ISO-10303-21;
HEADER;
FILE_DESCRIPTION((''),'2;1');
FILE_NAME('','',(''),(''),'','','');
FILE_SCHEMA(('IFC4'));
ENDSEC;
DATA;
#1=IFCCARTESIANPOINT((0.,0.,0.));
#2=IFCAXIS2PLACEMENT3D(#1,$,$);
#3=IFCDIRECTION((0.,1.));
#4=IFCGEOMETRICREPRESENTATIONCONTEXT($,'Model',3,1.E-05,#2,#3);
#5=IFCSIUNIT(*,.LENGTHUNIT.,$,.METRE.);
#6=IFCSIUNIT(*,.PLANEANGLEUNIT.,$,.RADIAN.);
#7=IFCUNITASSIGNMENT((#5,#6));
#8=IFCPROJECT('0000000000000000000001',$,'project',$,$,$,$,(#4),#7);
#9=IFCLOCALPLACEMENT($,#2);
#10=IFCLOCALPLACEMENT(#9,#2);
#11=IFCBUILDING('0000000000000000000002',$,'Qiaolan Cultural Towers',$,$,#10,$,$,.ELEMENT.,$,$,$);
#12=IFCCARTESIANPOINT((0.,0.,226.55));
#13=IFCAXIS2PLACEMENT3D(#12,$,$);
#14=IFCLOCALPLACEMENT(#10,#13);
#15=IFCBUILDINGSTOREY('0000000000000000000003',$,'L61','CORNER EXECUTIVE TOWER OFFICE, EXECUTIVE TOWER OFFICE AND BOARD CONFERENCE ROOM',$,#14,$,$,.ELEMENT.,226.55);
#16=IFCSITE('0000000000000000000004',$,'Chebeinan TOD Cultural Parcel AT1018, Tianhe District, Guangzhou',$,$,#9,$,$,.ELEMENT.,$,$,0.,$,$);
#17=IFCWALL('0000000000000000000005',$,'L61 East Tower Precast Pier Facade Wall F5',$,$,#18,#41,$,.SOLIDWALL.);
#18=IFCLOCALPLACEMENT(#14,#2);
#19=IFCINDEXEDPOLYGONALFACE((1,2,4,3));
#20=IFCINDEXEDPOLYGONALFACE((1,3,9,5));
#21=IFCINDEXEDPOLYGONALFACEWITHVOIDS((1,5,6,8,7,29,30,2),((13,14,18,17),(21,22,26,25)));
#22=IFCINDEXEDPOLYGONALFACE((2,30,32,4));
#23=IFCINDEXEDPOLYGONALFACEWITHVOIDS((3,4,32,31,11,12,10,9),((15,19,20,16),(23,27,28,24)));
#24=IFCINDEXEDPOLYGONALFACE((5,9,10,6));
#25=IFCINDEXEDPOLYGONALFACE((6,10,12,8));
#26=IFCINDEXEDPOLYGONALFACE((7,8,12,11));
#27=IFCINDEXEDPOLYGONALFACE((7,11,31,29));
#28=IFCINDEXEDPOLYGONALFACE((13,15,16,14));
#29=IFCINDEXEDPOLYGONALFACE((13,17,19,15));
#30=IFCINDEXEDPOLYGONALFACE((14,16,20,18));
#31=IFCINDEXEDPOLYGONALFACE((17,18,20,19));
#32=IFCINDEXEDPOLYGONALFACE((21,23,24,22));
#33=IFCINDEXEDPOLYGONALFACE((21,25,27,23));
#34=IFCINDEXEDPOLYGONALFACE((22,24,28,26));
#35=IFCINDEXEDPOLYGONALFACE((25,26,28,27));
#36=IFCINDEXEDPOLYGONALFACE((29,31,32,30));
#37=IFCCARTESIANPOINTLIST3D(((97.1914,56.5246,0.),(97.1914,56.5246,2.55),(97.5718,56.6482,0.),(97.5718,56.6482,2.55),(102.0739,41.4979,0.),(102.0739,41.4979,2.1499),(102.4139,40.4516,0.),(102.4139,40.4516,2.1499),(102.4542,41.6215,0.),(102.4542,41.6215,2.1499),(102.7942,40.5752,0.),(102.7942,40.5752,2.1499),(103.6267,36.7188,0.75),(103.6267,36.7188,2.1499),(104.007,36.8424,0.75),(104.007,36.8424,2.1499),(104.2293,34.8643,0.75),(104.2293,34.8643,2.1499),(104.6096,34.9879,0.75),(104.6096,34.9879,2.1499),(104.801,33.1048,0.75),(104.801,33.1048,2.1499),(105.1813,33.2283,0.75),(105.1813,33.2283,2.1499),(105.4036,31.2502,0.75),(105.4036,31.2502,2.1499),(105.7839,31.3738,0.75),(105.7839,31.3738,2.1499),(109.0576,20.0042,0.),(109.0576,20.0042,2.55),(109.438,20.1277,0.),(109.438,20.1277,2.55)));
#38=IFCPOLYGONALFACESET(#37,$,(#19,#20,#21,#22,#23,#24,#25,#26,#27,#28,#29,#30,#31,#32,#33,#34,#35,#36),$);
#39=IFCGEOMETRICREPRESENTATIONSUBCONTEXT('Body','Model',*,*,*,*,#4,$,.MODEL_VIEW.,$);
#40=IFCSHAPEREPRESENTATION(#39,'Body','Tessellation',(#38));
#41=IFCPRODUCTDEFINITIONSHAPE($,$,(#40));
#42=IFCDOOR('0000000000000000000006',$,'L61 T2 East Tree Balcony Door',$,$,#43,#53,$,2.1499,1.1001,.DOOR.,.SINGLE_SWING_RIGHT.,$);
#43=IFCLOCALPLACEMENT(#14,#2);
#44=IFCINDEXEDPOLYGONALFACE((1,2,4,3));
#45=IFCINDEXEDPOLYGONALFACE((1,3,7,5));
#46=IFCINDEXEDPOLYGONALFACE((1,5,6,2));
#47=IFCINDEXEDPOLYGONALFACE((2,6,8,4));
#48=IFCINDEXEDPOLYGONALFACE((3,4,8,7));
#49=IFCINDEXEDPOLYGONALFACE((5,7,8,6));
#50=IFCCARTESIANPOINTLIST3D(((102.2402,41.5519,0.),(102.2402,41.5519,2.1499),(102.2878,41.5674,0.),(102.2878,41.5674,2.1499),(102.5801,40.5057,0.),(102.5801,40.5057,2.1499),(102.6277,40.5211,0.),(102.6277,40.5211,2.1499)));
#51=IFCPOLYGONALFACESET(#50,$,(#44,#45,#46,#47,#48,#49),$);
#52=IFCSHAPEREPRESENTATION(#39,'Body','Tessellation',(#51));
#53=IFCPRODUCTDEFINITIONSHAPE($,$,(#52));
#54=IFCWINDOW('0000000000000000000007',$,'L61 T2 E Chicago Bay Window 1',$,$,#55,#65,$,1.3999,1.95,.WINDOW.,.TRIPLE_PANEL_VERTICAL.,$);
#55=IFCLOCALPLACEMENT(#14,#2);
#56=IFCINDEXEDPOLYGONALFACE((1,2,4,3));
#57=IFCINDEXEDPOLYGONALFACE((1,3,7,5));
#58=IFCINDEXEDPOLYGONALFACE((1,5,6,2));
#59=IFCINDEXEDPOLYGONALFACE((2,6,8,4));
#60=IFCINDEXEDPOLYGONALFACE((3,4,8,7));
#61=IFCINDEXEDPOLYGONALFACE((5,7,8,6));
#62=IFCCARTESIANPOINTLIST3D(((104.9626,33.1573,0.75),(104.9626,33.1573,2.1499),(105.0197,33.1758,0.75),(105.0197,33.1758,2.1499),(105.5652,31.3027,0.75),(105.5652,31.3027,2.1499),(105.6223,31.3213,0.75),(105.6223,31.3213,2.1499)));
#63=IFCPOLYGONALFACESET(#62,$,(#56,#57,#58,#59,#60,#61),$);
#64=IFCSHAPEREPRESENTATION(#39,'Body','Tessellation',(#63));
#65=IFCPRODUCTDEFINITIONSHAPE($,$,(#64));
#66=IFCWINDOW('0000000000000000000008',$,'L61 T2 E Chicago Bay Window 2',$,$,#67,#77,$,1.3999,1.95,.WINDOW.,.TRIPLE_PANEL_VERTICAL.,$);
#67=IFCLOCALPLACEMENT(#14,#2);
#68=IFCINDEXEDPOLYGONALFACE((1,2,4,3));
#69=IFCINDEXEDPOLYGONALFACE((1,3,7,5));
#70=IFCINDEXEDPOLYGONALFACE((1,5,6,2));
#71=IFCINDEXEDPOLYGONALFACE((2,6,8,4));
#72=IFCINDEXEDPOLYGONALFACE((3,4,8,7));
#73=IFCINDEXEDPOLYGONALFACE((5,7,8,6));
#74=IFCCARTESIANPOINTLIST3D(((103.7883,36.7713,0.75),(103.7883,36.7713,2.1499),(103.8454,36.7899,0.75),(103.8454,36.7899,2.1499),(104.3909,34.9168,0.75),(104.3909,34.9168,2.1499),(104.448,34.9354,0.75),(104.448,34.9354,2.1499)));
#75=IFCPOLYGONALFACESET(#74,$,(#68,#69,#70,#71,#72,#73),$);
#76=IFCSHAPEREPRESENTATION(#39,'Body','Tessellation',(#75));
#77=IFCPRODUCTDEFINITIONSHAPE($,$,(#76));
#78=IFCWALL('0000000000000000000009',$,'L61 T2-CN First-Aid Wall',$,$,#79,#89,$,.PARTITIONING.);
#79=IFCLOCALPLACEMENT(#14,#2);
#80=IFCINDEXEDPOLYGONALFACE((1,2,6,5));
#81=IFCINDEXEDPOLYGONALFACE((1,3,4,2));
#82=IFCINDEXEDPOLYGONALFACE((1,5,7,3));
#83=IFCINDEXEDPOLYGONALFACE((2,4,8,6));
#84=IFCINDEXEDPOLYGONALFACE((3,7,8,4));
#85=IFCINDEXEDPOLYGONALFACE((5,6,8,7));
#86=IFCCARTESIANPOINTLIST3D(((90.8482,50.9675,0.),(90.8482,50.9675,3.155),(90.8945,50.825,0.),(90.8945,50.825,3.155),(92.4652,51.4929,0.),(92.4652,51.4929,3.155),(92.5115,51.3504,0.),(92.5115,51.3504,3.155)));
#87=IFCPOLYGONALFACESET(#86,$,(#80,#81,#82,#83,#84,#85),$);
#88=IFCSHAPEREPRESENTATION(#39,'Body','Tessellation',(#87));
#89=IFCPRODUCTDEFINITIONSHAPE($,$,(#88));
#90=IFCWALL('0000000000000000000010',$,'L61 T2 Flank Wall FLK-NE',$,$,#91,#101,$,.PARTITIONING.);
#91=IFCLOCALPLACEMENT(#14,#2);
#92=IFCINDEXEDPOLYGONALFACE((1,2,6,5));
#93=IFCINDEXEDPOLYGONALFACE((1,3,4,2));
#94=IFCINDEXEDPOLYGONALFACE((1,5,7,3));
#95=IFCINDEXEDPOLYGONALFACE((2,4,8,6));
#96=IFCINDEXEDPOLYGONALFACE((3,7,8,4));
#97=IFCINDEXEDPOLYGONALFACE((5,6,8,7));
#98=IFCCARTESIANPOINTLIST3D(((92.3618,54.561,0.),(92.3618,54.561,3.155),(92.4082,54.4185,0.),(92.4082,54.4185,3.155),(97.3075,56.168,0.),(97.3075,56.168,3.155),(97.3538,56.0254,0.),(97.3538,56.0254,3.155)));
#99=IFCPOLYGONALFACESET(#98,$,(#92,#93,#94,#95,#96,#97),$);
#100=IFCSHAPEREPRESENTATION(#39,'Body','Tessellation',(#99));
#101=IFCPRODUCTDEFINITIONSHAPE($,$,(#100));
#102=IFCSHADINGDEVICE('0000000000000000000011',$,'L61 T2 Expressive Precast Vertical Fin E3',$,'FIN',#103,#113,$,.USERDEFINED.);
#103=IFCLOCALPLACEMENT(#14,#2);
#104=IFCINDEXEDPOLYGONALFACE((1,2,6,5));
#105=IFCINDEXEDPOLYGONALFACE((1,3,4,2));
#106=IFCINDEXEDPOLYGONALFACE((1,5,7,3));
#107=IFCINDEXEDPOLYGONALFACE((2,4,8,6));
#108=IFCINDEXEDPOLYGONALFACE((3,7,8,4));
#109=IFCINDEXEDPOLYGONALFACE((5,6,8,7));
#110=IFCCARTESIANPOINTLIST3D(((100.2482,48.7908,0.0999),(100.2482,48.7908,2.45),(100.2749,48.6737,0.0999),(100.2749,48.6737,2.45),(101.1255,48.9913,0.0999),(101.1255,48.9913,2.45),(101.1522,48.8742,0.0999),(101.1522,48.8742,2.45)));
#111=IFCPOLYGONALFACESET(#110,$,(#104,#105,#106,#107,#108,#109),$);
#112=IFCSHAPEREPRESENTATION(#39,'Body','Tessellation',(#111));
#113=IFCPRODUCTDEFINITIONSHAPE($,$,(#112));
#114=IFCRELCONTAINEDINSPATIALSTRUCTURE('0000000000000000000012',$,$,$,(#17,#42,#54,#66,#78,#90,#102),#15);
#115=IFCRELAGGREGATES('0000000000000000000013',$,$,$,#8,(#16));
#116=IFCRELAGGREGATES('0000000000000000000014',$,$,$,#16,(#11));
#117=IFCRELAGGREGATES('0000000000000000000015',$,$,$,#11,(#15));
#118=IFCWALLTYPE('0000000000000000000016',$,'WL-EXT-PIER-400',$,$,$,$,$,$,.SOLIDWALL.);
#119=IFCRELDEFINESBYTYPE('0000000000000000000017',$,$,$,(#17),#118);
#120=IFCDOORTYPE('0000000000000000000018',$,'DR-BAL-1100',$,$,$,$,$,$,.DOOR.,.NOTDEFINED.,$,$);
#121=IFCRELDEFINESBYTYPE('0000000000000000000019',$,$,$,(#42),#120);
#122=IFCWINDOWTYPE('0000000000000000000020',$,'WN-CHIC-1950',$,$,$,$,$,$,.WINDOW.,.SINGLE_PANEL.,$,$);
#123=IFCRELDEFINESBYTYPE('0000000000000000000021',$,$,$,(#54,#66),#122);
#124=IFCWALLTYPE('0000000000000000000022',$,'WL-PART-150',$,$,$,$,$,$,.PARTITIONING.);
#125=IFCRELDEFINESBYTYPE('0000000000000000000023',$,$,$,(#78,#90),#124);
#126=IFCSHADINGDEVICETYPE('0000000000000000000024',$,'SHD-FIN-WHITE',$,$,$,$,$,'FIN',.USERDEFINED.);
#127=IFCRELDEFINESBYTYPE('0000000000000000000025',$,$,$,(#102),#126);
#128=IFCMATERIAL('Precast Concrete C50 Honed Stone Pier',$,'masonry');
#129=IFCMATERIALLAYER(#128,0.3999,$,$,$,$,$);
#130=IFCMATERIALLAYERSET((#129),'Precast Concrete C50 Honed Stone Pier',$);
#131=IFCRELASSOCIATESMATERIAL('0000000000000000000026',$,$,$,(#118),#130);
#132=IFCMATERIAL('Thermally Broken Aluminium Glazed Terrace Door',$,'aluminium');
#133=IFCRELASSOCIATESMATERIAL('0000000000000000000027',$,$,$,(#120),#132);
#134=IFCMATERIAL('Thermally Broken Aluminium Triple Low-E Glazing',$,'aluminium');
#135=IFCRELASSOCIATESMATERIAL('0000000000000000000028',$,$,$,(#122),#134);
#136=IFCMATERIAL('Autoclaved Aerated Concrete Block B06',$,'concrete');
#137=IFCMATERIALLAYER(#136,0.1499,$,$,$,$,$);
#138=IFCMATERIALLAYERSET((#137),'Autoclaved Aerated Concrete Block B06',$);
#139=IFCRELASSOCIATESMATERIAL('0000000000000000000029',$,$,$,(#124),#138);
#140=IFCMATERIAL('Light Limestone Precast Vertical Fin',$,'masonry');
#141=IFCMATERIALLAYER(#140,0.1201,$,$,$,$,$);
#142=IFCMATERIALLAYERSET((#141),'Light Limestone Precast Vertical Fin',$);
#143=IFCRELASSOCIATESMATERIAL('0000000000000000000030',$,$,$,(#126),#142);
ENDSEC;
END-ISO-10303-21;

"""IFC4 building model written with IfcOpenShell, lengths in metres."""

from ifc_helpers import new_model, si_unit, direction, frame, frame_2d, origin, origin_2d, place, context, subcontext, project, spatial, rectangle, extrude, material, layer, layer_set, type_object, element, fill, save


model = new_model("IFC4")

# Units and contexts
model_context = context("Model", 3, precision=1e-05, world=origin(), true_north=direction((0.0, 1.0)))
body_context = subcontext(model_context, "Body", "Model", "MODEL_VIEW")
ifc_project = project(units=[si_unit("LENGTHUNIT", "METRE"), si_unit("PLANEANGLEUNIT", "RADIAN")], contexts=[model_context])

# Site, building, storey
site_placement = place(None, origin())
site = spatial("IfcSite", under=ifc_project, at=site_placement, Name="Chebeinan TOD Cultural Parcel AT1018, Tianhe District, Guangzhou", CompositionType="ELEMENT", RefElevation=0.0)
building_placement = place(site_placement, origin())
building = spatial("IfcBuilding", under=site, at=building_placement, Name="Qiaolan Cultural Towers", CompositionType="ELEMENT")
storey_placement = place(building_placement, frame((0.0, 0.0, 226.55)))
storey = spatial("IfcBuildingStorey", under=building, at=storey_placement, Name="L61", Description="CORNER EXECUTIVE TOWER OFFICE, EXECUTIVE TOWER OFFICE AND BOARD CONFERENCE ROOM", CompositionType="ELEMENT", Elevation=226.55)

# Shared definitions
ifc_material_1 = material(Name="Precast Concrete C50 Honed Stone Pier", Category="masonry")
ifc_layer_1 = layer(ifc_material_1, 0.3999)
ifc_layer_set_1 = layer_set([ifc_layer_1], Name="Precast Concrete C50 Honed Stone Pier")
wall_type_1 = type_object("IfcWallType", Name="WL-EXT-PIER-400", PredefinedType="SOLIDWALL", material=ifc_layer_set_1)

# Wall, openings, door, windows
wall_1_placement = place(storey_placement, frame((97.3816, 56.5864, 0.0), z_axis=(0.0, 0.0, 1.0), x_axis=(0.309016, -0.951057, 0.0)))
wall_1 = element("IfcWall", 1, at=wall_1_placement, inside=storey, type_object=wall_type_1, Name="L61 East Tower Precast Pier Facade Wall F5", PredefinedType="SOLIDWALL", context=body_context, shape_type="SweptSolid", body=[
    extrude(rectangle(XDim=38.3999, YDim=0.3999, at=frame_2d((19.2, 0.0))), origin(), (0.0, 0.0, 1.0), 2.55),
])
opening_1_placement = place(wall_1_placement, frame((24.625, 0.0, 0.75)))
opening_1 = element("IfcOpeningElement", 2, at=opening_1_placement, cuts=wall_1, PredefinedType="OPENING", context=body_context, shape_type="SweptSolid", body=[
    extrude(rectangle(XDim=1.95, YDim=1.3999, at=frame_2d((0.9751, 0.7))), frame((0.0, 0.21, 0.0), z_axis=(0.0, -1.0, 0.0), x_axis=(1.0, 0.0, 0.0)), (0.0, 0.0, 1.0), 0.4199),
])
opening_2_placement = place(wall_1_placement, frame((20.825, 0.0, 0.75)))
opening_2 = element("IfcOpeningElement", 3, at=opening_2_placement, cuts=wall_1, PredefinedType="OPENING", context=body_context, shape_type="SweptSolid", body=[
    extrude(rectangle(XDim=1.95, YDim=1.3999, at=frame_2d((0.9751, 0.7))), frame((0.0, 0.21, 0.0), z_axis=(0.0, -1.0, 0.0), x_axis=(1.0, 0.0, 0.0)), (0.0, 0.0, 1.0), 0.4199),
])
opening_3_placement = place(wall_1_placement, frame((15.8, 0.0, 0.0)))
opening_3 = element("IfcOpeningElement", 4, at=opening_3_placement, cuts=wall_1, PredefinedType="OPENING", context=body_context, shape_type="SweptSolid", body=[
    extrude(rectangle(XDim=1.1001, YDim=2.1499, at=frame_2d((0.55, 1.075))), frame((0.0, 0.21, 0.0), z_axis=(0.0, -1.0, 0.0), x_axis=(1.0, 0.0, 0.0)), (0.0, 0.0, 1.0), 0.4199),
])
ifc_material_2 = material(Name="Thermally Broken Aluminium Glazed Terrace Door", Category="aluminium")
door_type = type_object("IfcDoorType", Name="DR-BAL-1100", OperationType="NOTDEFINED", PredefinedType="DOOR", material=ifc_material_2)
door_placement = place(opening_3_placement, origin())
door = element("IfcDoor", 5, at=door_placement, inside=storey, type_object=door_type, Name="L61 T2 East Tree Balcony Door", OperationType="SINGLE_SWING_RIGHT", OverallHeight=2.1499, OverallWidth=1.1001, PredefinedType="DOOR", context=body_context, shape_type="SweptSolid", body=[
    extrude(rectangle(XDim=1.1001, YDim=2.1499, at=frame_2d((0.55, 1.075))), frame((0.0, 0.0249, 0.0), z_axis=(0.0, -1.0, 0.0), x_axis=(1.0, 0.0, 0.0)), (0.0, 0.0, 1.0), 0.05),
])
fill(opening_3, door)
ifc_material_3 = material(Name="Thermally Broken Aluminium Triple Low-E Glazing", Category="aluminium")
window_type = type_object("IfcWindowType", Name="WN-CHIC-1950", PartitioningType="SINGLE_PANEL", PredefinedType="WINDOW", material=ifc_material_3)
window_1_placement = place(opening_1_placement, origin())
window_1 = element("IfcWindow", 6, at=window_1_placement, inside=storey, type_object=window_type, Name="L61 T2 E Chicago Bay Window 1", OverallHeight=1.3999, OverallWidth=1.95, PartitioningType="TRIPLE_PANEL_VERTICAL", PredefinedType="WINDOW", context=body_context, shape_type="SweptSolid", body=[
    extrude(rectangle(XDim=1.95, YDim=1.3999, at=frame_2d((0.9751, 0.7))), frame((0.0, 0.03, 0.0), z_axis=(0.0, -1.0, 0.0), x_axis=(1.0, 0.0, 0.0)), (0.0, 0.0, 1.0), 0.0601),
])
fill(opening_1, window_1)
window_2_placement = place(opening_2_placement, origin())
window_2 = element("IfcWindow", 7, at=window_2_placement, inside=storey, type_object=window_type, Name="L61 T2 E Chicago Bay Window 2", OverallHeight=1.3999, OverallWidth=1.95, PartitioningType="TRIPLE_PANEL_VERTICAL", PredefinedType="WINDOW", context=body_context, shape_type="SweptSolid", body=[
    extrude(rectangle(XDim=1.95, YDim=1.3999, at=frame_2d((0.9751, 0.7))), frame((0.0, 0.03, 0.0), z_axis=(0.0, -1.0, 0.0), x_axis=(1.0, 0.0, 0.0)), (0.0, 0.0, 1.0), 0.0601),
])
fill(opening_2, window_2)

# Walls
ifc_material_4 = material(Name="Autoclaved Aerated Concrete Block B06", Category="concrete")
ifc_layer_2 = layer(ifc_material_4, 0.1499)
ifc_layer_set_2 = layer_set([ifc_layer_2], Name="Autoclaved Aerated Concrete Block B06")
wall_type_2 = type_object("IfcWallType", Name="WL-PART-150", PredefinedType="PARTITIONING", material=ifc_layer_set_2)
wall_2_placement = place(storey_placement, frame((90.8713, 50.8962, 0.0), z_axis=(0.0, 0.0, 1.0), x_axis=(0.951054, 0.309024, 0.0)))
element("IfcWall", 8, at=wall_2_placement, inside=storey, type_object=wall_type_2, Name="L61 T2-CN First-Aid Wall", PredefinedType="PARTITIONING", context=body_context, shape_type="SweptSolid", body=[
    extrude(rectangle(XDim=1.7002, YDim=0.1499, at=frame_2d((0.8501, 0.0))), origin(), (0.0, 0.0, 1.0), 3.155),
])
wall_3_placement = place(storey_placement, frame((92.385, 54.4897, 0.0), z_axis=(0.0, 0.0, 1.0), x_axis=(0.951055, 0.309021, 0.0)))
element("IfcWall", 9, at=wall_3_placement, inside=storey, type_object=wall_type_2, Name="L61 T2 Flank Wall FLK-NE", PredefinedType="PARTITIONING", context=body_context, shape_type="SweptSolid", body=[
    extrude(rectangle(XDim=5.2002, YDim=0.1499, at=frame_2d((2.6001, 0.0))), origin(), (0.0, 0.0, 1.0), 3.155),
])

# Shading device
ifc_material_5 = material(Name="Light Limestone Precast Vertical Fin", Category="masonry")
ifc_layer_3 = layer(ifc_material_5, 0.1201)
ifc_layer_set_3 = layer_set([ifc_layer_3], Name="Light Limestone Precast Vertical Fin")
shading_device_type = type_object("IfcShadingDeviceType", Name="SHD-FIN-WHITE", ElementType="FIN", PredefinedType="USERDEFINED", material=ifc_layer_set_3)
shading_device_placement = place(storey_placement, frame((100.7002, 48.8325, 0.0999), z_axis=(0.0, 0.0, 1.0), x_axis=(0.974879, 0.222735, 0.0)))
element("IfcShadingDevice", 10, at=shading_device_placement, inside=storey, type_object=shading_device_type, Name="L61 T2 Expressive Precast Vertical Fin E3", ObjectType="FIN", PredefinedType="USERDEFINED", context=body_context, shape_type="SweptSolid", body=[
    extrude(rectangle(XDim=0.8999, YDim=0.1201, at=origin_2d()), origin(), (0.0, 0.0, 1.0), 2.3501),
])

save(model, "model.ifc")
